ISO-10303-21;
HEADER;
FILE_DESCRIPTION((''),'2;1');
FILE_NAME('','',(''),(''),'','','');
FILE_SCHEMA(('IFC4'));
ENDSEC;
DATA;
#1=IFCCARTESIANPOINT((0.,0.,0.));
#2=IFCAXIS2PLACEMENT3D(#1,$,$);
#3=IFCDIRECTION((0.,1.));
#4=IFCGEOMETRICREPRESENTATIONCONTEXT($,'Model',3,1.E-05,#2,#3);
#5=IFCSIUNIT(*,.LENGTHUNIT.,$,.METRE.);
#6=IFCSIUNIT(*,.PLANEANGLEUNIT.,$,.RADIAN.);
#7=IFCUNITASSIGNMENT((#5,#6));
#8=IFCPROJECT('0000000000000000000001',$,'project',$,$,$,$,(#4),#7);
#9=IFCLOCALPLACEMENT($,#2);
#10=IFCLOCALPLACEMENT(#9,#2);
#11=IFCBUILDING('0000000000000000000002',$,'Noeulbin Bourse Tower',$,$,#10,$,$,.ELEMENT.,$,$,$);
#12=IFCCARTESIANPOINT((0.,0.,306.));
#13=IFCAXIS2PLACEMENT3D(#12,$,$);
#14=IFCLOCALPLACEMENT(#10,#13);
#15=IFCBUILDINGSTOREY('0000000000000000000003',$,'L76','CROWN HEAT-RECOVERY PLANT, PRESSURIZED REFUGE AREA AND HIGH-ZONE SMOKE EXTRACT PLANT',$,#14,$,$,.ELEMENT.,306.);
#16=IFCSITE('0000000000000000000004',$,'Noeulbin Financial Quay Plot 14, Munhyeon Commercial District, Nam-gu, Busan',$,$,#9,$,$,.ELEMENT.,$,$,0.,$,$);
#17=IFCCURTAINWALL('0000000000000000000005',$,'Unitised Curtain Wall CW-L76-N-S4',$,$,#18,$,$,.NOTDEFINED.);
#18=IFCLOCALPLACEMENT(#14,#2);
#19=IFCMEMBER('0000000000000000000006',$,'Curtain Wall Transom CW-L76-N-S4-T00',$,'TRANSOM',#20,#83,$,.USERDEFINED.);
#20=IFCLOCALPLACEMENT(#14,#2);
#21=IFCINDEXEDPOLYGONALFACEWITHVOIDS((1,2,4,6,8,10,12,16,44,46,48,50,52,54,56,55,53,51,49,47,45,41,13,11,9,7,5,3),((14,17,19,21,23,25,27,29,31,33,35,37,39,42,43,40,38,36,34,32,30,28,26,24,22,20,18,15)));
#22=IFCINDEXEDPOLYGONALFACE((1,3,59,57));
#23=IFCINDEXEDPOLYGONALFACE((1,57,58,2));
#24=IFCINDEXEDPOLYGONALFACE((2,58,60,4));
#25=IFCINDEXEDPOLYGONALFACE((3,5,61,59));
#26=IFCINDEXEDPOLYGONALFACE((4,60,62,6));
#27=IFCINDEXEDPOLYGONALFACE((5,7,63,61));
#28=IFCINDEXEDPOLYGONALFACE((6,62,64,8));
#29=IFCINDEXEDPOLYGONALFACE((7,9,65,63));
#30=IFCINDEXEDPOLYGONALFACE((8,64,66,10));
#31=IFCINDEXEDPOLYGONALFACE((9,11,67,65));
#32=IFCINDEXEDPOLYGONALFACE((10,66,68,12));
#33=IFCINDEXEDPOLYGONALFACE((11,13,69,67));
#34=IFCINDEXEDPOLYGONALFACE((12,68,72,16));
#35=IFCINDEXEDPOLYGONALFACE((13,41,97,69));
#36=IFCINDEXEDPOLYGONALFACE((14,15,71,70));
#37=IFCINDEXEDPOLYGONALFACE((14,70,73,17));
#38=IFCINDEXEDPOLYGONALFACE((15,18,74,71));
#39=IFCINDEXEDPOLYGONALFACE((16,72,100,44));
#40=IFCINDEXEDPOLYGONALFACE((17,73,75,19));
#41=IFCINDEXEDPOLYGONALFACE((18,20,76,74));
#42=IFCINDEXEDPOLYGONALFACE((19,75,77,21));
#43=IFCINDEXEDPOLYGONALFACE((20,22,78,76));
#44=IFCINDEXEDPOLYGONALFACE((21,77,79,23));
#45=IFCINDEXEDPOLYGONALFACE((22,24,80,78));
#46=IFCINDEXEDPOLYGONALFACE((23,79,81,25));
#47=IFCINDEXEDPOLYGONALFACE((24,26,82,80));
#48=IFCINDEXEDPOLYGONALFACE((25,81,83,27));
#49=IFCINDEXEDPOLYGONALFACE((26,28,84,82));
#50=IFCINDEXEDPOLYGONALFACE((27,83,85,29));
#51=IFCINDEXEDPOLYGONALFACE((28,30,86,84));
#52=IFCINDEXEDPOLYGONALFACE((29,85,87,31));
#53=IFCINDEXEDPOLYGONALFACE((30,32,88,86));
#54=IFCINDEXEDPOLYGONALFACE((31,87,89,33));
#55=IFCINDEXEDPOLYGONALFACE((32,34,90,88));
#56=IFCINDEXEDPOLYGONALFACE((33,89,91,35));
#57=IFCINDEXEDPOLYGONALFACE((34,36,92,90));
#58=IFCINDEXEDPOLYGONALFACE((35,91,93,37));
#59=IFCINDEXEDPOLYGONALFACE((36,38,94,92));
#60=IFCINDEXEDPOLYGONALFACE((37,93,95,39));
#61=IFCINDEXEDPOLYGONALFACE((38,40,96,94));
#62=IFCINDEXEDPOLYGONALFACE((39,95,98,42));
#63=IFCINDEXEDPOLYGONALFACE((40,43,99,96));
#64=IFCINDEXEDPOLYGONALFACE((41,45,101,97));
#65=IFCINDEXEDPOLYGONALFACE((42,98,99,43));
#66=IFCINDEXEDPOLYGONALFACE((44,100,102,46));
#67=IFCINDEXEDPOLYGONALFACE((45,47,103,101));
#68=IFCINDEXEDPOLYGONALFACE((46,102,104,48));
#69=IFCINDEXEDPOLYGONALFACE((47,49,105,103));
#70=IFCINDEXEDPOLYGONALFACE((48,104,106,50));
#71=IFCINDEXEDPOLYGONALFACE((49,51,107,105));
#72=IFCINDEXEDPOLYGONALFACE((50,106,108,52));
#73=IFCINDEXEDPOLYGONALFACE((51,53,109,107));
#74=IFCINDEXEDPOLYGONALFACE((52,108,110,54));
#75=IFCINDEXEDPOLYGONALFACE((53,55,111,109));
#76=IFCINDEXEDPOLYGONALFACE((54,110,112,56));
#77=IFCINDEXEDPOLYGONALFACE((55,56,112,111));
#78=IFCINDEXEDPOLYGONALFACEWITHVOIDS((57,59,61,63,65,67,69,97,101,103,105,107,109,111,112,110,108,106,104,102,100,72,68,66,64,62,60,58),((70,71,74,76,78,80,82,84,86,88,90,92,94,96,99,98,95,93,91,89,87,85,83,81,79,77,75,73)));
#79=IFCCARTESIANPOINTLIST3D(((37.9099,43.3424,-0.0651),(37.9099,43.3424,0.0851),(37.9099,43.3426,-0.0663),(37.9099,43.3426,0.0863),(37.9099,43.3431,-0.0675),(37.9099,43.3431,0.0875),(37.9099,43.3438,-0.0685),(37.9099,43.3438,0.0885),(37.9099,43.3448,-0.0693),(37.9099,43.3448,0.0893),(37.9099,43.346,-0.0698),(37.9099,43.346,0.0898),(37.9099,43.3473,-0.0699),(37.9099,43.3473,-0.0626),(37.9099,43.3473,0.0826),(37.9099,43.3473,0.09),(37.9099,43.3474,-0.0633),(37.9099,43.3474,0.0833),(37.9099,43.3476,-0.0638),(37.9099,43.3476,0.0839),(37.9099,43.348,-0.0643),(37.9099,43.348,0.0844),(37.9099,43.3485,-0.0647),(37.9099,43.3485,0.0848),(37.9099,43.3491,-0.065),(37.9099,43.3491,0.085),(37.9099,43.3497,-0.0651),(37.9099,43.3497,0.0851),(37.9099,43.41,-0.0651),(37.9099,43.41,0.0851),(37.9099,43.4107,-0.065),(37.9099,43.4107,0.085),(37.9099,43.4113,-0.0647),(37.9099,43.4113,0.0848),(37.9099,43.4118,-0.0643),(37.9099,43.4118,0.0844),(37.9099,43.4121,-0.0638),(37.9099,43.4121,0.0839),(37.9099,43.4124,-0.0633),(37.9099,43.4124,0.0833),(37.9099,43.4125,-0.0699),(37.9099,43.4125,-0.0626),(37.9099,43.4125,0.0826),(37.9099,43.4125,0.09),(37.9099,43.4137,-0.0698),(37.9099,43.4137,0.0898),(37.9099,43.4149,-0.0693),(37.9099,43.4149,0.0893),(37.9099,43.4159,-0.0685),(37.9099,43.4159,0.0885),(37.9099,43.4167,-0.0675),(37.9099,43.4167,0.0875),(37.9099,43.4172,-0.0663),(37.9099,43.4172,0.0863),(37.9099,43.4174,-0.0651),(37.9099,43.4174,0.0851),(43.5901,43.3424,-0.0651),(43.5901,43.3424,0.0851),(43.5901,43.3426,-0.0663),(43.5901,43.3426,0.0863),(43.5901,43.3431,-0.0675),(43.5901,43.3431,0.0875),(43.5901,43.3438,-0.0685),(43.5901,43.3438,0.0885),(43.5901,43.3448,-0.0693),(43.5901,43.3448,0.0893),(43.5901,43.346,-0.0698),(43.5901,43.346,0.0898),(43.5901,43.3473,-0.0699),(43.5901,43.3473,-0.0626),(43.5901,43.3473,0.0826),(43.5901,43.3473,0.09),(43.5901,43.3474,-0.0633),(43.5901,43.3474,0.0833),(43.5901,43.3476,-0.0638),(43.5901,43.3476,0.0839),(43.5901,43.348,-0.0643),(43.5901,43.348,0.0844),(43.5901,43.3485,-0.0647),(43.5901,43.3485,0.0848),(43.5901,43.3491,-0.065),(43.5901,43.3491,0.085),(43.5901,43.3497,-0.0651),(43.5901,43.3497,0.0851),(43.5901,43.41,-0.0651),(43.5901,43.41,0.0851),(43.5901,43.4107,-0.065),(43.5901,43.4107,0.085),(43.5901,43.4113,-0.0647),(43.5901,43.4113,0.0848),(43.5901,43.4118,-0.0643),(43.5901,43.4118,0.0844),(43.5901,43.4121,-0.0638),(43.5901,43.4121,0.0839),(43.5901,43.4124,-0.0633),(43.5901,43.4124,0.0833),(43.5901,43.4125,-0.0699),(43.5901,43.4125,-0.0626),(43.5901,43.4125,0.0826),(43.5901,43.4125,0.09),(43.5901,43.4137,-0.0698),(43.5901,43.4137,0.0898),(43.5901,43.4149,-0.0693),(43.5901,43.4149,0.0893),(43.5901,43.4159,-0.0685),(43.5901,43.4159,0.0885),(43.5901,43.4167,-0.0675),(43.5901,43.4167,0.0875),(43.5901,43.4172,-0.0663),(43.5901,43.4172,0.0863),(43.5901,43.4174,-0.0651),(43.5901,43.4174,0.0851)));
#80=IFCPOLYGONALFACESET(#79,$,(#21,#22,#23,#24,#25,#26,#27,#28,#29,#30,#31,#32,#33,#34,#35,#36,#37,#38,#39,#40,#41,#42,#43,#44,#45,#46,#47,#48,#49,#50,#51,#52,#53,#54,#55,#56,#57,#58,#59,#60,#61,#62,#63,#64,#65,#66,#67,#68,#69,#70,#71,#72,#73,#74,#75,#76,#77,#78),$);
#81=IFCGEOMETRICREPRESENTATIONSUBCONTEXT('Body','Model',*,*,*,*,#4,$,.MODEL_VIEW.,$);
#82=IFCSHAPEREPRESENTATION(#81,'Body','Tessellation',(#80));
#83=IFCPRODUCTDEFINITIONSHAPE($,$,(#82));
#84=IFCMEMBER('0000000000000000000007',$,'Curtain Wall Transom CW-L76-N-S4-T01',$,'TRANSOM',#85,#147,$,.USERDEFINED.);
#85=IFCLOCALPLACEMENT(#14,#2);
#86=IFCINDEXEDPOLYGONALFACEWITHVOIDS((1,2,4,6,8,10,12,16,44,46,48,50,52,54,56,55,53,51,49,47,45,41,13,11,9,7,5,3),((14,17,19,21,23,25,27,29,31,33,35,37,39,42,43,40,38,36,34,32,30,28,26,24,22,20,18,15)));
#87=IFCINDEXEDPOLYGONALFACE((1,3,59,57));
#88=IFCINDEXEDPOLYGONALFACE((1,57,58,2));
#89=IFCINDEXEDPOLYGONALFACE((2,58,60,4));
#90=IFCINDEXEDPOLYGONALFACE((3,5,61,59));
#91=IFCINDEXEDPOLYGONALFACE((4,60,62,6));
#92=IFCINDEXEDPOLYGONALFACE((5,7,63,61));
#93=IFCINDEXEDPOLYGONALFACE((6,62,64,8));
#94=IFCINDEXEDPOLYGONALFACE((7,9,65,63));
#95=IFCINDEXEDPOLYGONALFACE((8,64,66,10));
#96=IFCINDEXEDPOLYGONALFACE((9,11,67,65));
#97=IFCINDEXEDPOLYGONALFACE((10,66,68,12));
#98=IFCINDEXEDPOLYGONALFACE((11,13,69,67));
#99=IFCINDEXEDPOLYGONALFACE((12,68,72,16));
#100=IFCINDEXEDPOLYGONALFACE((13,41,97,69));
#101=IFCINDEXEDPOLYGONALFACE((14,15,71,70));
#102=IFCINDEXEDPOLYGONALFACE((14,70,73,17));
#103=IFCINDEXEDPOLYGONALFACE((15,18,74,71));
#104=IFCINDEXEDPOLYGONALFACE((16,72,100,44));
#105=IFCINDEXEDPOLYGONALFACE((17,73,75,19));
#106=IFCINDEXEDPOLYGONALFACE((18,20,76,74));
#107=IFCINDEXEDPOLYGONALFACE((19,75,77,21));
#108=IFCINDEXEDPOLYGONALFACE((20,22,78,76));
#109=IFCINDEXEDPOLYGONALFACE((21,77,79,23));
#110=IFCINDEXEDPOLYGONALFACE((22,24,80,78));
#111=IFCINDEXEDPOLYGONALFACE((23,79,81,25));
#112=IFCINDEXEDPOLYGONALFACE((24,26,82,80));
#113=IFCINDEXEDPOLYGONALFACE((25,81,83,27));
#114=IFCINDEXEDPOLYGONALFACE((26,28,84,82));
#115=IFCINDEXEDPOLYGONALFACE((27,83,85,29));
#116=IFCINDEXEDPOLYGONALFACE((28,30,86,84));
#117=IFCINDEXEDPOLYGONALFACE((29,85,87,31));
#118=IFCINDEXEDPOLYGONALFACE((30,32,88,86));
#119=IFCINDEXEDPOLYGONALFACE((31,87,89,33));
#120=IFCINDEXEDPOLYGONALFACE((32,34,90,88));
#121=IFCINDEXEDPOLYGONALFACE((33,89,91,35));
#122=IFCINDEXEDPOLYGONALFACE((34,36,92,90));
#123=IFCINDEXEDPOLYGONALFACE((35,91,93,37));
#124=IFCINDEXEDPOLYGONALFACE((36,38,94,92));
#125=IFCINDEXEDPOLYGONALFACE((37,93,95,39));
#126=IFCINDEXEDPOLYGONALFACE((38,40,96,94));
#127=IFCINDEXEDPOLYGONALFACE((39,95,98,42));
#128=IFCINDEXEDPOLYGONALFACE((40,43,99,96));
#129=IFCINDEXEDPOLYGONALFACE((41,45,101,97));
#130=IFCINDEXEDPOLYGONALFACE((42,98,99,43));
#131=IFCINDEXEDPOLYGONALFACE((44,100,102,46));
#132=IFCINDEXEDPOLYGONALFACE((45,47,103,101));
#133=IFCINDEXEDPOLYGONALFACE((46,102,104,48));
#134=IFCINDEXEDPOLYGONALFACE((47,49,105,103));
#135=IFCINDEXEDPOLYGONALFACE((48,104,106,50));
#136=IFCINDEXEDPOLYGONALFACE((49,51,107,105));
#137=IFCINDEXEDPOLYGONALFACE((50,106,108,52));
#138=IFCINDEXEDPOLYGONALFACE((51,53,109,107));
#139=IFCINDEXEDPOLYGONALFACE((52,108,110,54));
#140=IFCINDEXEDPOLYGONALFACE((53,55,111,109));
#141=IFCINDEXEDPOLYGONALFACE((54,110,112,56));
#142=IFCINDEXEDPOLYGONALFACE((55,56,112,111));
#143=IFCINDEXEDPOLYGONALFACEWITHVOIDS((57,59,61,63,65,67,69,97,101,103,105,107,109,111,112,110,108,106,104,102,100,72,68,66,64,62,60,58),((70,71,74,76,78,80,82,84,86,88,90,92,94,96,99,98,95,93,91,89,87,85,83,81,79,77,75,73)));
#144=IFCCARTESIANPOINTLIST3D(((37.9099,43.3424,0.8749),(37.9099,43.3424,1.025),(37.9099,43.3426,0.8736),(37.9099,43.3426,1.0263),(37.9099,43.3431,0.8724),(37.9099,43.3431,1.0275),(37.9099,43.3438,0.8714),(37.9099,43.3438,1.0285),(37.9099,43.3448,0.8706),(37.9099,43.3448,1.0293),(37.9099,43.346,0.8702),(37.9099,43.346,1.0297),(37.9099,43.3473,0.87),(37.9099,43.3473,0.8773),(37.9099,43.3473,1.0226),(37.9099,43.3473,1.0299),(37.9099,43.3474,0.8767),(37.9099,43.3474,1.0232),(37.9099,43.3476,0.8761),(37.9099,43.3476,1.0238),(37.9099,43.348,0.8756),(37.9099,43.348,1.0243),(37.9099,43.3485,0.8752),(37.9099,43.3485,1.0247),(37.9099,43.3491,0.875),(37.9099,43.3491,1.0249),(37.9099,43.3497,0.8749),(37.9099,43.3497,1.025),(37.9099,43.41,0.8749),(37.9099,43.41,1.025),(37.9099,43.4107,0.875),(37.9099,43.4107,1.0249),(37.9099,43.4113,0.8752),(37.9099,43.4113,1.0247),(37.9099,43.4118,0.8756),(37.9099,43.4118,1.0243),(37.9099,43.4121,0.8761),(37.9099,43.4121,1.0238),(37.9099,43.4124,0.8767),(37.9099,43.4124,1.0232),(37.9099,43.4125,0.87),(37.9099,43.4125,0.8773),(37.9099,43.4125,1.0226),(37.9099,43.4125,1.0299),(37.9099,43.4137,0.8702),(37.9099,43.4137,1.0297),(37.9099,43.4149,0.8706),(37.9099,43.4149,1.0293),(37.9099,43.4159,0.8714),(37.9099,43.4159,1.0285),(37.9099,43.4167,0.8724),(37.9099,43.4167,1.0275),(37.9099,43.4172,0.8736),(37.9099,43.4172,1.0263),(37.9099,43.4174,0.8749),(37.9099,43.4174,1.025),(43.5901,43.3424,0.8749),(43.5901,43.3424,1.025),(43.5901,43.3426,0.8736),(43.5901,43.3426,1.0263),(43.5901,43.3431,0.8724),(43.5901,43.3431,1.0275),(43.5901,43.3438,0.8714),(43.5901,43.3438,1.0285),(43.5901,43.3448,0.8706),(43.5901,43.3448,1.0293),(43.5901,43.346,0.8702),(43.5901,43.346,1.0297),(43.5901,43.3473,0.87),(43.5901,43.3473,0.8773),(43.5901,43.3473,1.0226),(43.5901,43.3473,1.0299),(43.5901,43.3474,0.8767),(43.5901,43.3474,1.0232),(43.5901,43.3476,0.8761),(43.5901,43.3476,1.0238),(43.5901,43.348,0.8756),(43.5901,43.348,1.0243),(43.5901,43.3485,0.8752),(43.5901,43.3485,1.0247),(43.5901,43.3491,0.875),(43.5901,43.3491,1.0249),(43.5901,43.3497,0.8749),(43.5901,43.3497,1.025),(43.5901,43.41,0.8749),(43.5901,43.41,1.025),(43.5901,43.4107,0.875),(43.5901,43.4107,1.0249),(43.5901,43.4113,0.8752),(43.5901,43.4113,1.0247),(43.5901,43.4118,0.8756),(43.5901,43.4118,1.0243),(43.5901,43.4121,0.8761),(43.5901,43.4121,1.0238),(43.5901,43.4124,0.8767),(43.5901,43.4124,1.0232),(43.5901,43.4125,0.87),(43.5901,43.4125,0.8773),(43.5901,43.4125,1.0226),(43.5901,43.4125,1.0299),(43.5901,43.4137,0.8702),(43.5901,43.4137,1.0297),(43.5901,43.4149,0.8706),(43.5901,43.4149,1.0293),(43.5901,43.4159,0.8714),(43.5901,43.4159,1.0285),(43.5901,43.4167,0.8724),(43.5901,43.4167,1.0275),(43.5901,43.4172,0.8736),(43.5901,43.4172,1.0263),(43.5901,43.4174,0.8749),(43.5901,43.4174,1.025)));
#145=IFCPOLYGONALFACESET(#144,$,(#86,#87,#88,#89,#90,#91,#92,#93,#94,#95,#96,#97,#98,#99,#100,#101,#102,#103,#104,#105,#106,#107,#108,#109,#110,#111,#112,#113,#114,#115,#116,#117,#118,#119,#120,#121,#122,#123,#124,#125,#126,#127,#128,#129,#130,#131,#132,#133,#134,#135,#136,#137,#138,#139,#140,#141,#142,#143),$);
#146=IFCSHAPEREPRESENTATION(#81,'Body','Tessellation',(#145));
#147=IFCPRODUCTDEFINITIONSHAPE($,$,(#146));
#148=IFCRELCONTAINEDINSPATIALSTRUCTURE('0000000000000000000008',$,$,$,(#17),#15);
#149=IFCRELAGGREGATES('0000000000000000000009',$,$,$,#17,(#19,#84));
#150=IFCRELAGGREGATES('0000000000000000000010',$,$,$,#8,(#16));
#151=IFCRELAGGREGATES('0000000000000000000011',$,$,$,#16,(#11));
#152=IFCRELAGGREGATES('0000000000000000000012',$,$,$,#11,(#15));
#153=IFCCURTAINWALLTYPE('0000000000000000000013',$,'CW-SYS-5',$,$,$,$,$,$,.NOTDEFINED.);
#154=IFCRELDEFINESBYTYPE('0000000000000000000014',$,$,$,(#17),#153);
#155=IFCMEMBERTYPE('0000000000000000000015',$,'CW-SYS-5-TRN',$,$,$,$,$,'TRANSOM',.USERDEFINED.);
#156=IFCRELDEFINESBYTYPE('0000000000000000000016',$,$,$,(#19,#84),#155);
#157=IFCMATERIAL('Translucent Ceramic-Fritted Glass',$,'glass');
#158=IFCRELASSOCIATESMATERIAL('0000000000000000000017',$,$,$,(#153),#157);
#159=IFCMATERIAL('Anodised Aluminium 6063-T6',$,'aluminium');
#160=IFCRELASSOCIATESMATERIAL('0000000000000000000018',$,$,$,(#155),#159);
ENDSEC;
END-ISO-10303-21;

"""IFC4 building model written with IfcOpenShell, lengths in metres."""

from ifc_helpers import new_model, si_unit, direction, frame, origin, origin_2d, place, context, subcontext, project, spatial, hollow_rectangle, extrude, material, material_profile, profile_set, type_object, element, aggregate, save


model = new_model("IFC4")

# Units and contexts
model_context = context("Model", 3, precision=1e-05, world=origin(), true_north=direction((0.0, 1.0)))
body_context = subcontext(model_context, "Body", "Model", "MODEL_VIEW")
ifc_project = project(units=[si_unit("LENGTHUNIT", "METRE"), si_unit("PLANEANGLEUNIT", "RADIAN")], contexts=[model_context])

# Site, building, storey
site_placement = place(None, origin())
site = spatial("IfcSite", under=ifc_project, at=site_placement, Name="Noeulbin Financial Quay Plot 14, Munhyeon Commercial District, Nam-gu, Busan", CompositionType="ELEMENT", RefElevation=0.0)
building_placement = place(site_placement, origin())
building = spatial("IfcBuilding", under=site, at=building_placement, Name="Noeulbin Bourse Tower", CompositionType="ELEMENT")
storey_placement = place(building_placement, frame((0.0, 0.0, 306.0)))
storey = spatial("IfcBuildingStorey", under=building, at=storey_placement, Name="L76", Description="CROWN HEAT-RECOVERY PLANT, PRESSURIZED REFUGE AREA AND HIGH-ZONE SMOKE EXTRACT PLANT", CompositionType="ELEMENT", Elevation=306.0)

# Shared definitions
ifc_material_1 = material(Name="Translucent Ceramic-Fritted Glass", Category="glass")
curtain_wall_type = type_object("IfcCurtainWallType", Name="CW-SYS-5", PredefinedType="NOTDEFINED", material=ifc_material_1)
ifc_material_2 = material(Name="Anodised Aluminium 6063-T6", Category="aluminium")

# Curtain wall
curtain_wall_1_placement = place(storey_placement, origin())
curtain_wall_1 = element("IfcCurtainWall", 1, at=curtain_wall_1_placement, inside=storey, type_object=curtain_wall_type, Name="Unitised Curtain Wall CW-L76-N-S4", PredefinedType="NOTDEFINED")

# Members
ifc_material_profile_1 = material_profile(ifc_material_2, hollow_rectangle(XDim=0.075, YDim=0.1599, WallThickness=0.0049, InnerFilletRadius=0.0024, OuterFilletRadius=0.0049, at=origin_2d()), Name="ALU-TRAN-75x160x5", Category="LoadBearing")
ifc_profile_set_1 = profile_set([ifc_material_profile_1], Name="Anodised Aluminium 6063-T6")
member_type_1 = type_object("IfcMemberType", Name="CW-SYS-5-TRN", ElementType="TRANSOM", PredefinedType="USERDEFINED", material=ifc_profile_set_1)
member_1_placement = place(storey_placement, frame((37.9099, 43.3799, 0.01), z_axis=(1.0, 0.0, 0.0), x_axis=(0.0, 1.0, 0.0)))
member_1 = element("IfcMember", 2, at=member_1_placement, type_object=member_type_1, Name="Curtain Wall Transom CW-L76-N-S4-T00", ObjectType="TRANSOM", PredefinedType="USERDEFINED", context=body_context, shape_type="SweptSolid", body=[
    extrude(hollow_rectangle(XDim=0.075, YDim=0.1599, WallThickness=0.0049, InnerFilletRadius=0.0024, OuterFilletRadius=0.0049, at=origin_2d()), origin(), (0.0, 0.0, 1.0), 5.6802),
])
member_2_placement = place(storey_placement, frame((37.9099, 43.3799, 0.95), z_axis=(1.0, 0.0, 0.0), x_axis=(0.0, 1.0, 0.0)))
member_2 = element("IfcMember", 3, at=member_2_placement, type_object=member_type_1, Name="Curtain Wall Transom CW-L76-N-S4-T01", ObjectType="TRANSOM", PredefinedType="USERDEFINED", context=body_context, shape_type="SweptSolid", body=[
    extrude(hollow_rectangle(XDim=0.075, YDim=0.1599, WallThickness=0.0049, InnerFilletRadius=0.0024, OuterFilletRadius=0.0049, at=origin_2d()), origin(), (0.0, 0.0, 1.0), 5.6802),
])
aggregate(curtain_wall_1, [member_1, member_2])

save(model, "model.ifc")
